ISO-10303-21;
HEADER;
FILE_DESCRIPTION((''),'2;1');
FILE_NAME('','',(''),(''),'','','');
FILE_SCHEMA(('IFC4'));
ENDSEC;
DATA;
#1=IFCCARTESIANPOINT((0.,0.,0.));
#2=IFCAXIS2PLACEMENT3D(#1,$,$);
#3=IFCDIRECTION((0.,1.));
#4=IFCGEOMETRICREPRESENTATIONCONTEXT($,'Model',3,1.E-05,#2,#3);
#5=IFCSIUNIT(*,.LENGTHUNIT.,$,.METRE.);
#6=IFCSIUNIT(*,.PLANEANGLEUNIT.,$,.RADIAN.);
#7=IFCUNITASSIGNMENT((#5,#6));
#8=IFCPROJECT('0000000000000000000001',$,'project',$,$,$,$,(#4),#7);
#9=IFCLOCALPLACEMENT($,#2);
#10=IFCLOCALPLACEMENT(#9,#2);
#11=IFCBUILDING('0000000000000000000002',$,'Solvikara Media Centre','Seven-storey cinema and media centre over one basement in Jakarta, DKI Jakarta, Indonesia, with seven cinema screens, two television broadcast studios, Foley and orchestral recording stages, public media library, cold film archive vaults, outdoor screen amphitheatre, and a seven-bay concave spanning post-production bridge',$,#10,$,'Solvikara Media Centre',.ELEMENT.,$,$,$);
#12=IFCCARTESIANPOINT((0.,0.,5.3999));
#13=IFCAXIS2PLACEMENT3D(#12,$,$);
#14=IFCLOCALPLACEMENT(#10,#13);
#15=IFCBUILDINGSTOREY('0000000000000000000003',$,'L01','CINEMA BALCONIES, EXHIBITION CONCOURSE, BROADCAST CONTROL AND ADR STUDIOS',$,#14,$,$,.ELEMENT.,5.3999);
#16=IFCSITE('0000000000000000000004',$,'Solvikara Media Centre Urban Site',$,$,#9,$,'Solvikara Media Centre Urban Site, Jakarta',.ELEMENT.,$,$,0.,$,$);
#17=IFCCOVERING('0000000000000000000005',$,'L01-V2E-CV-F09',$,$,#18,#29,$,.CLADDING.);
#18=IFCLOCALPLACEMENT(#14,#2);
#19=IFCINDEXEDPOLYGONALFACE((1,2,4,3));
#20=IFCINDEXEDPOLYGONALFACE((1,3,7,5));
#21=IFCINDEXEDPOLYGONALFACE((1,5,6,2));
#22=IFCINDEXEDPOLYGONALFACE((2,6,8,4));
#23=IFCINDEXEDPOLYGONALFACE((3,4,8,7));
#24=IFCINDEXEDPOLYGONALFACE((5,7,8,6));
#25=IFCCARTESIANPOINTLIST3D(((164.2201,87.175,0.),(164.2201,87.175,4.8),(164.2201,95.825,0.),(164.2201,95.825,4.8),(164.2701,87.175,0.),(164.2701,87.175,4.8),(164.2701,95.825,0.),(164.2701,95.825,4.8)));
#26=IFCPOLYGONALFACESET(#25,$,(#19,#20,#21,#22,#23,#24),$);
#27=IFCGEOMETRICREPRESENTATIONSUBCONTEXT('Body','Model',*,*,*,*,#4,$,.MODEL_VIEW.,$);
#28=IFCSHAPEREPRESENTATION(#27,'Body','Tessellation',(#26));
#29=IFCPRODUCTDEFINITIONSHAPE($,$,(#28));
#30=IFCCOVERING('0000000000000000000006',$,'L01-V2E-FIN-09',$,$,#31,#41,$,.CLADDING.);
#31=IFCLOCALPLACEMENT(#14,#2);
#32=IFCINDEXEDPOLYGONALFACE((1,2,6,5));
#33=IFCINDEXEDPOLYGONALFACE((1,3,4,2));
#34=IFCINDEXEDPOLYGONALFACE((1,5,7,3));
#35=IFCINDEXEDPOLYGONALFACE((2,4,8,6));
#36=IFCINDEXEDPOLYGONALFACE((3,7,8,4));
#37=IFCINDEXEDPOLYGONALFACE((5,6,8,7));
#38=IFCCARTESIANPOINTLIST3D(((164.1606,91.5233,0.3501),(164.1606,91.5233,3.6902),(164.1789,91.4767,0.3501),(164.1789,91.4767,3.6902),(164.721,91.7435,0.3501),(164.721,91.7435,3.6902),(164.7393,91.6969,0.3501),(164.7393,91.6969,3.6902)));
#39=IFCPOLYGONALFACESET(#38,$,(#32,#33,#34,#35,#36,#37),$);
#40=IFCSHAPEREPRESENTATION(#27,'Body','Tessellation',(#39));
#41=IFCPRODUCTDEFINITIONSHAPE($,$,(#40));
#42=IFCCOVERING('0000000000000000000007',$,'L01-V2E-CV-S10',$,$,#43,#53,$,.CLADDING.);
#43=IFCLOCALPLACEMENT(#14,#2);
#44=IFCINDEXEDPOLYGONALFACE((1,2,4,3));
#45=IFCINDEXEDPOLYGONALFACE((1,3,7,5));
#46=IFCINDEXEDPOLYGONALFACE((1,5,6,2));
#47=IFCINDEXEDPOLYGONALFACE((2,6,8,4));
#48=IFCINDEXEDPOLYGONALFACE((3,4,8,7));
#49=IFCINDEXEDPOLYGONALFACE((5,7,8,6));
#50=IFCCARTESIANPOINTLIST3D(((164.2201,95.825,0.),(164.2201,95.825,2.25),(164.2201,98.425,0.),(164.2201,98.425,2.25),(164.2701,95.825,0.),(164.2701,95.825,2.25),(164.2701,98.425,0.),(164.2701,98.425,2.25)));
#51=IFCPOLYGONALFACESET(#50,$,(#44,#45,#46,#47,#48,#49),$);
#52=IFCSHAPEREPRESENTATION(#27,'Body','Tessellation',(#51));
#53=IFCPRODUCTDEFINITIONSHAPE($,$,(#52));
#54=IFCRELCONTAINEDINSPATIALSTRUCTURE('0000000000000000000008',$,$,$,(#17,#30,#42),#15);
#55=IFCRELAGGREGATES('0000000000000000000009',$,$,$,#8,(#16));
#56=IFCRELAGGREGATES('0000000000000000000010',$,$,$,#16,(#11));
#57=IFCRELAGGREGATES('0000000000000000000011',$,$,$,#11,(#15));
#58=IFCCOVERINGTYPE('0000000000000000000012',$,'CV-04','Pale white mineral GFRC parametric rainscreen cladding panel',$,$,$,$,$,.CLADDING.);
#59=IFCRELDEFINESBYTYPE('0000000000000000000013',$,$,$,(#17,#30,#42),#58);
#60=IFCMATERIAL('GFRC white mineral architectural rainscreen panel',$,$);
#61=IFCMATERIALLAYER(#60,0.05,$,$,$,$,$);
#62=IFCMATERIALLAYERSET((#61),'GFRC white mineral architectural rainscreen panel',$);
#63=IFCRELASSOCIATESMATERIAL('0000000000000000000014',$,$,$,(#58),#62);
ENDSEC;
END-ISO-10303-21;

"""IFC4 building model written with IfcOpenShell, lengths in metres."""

from ifc_helpers import new_model, si_unit, direction, frame, origin, origin_2d, place, context, subcontext, project, spatial, rectangle, extrude, material, layer, layer_set, type_object, element, save


model = new_model("IFC4")

# Units and contexts
model_context = context("Model", 3, precision=1e-05, world=origin(), true_north=direction((0.0, 1.0)))
body_context = subcontext(model_context, "Body", "Model", "MODEL_VIEW")
ifc_project = project(units=[si_unit("LENGTHUNIT", "METRE"), si_unit("PLANEANGLEUNIT", "RADIAN")], contexts=[model_context])

# Site, building, storey
site_placement = place(None, origin())
site = spatial("IfcSite", under=ifc_project, at=site_placement, Name="Solvikara Media Centre Urban Site", LongName="Solvikara Media Centre Urban Site, Jakarta", CompositionType="ELEMENT", RefElevation=0.0)
building_placement = place(site_placement, origin())
building = spatial("IfcBuilding", under=site, at=building_placement, Name="Solvikara Media Centre", Description="Seven-storey cinema and media centre over one basement in Jakarta, DKI Jakarta, Indonesia, with seven cinema screens, two television broadcast studios, Foley and orchestral recording stages, public media library, cold film archive vaults, outdoor screen amphitheatre, and a seven-bay concave spanning post-production bridge", LongName="Solvikara Media Centre", CompositionType="ELEMENT")
storey_placement = place(building_placement, frame((0.0, 0.0, 5.3999)))
storey = spatial("IfcBuildingStorey", under=building, at=storey_placement, Name="L01", Description="CINEMA BALCONIES, EXHIBITION CONCOURSE, BROADCAST CONTROL AND ADR STUDIOS", CompositionType="ELEMENT", Elevation=5.3999)

# Coverings
ifc_material_1 = material(Name="GFRC white mineral architectural rainscreen panel")
ifc_layer_1 = layer(ifc_material_1, 0.05)
ifc_layer_set_1 = layer_set([ifc_layer_1], Name="GFRC white mineral architectural rainscreen panel")
covering_type = type_object("IfcCoveringType", Name="CV-04", Description="Pale white mineral GFRC parametric rainscreen cladding panel", PredefinedType="CLADDING", material=ifc_layer_set_1)
covering_1_placement = place(storey_placement, frame((164.2451, 91.5, 0.0), z_axis=(0.0, 0.0, 1.0), x_axis=(0.0, 1.0, 0.0)))
element("IfcCovering", 1, at=covering_1_placement, inside=storey, type_object=covering_type, Name="L01-V2E-CV-F09", PredefinedType="CLADDING", context=body_context, shape_type="SweptSolid", body=[
    extrude(rectangle(XDim=8.6499, YDim=0.05, at=origin_2d()), origin(), (0.0, 0.0, 1.0), 4.8),
])
covering_2_placement = place(storey_placement, frame((164.45, 91.6101, 0.3501), z_axis=(0.0, 0.0, 1.0), x_axis=(0.93075, 0.365657, 0.0)))
element("IfcCovering", 2, at=covering_2_placement, inside=storey, type_object=covering_type, Name="L01-V2E-FIN-09", PredefinedType="CLADDING", context=body_context, shape_type="SweptSolid", body=[
    extrude(rectangle(XDim=0.6021, YDim=0.05, at=origin_2d()), origin(), (0.0, 0.0, 1.0), 3.3401),
])
covering_3_placement = place(storey_placement, frame((164.2451, 97.125, 0.0), z_axis=(0.0, 0.0, 1.0), x_axis=(0.0, 1.0, 0.0)))
element("IfcCovering", 3, at=covering_3_placement, inside=storey, type_object=covering_type, Name="L01-V2E-CV-S10", PredefinedType="CLADDING", context=body_context, shape_type="SweptSolid", body=[
    extrude(rectangle(XDim=2.6001, YDim=0.05, at=origin_2d()), origin(), (0.0, 0.0, 1.0), 2.25),
])

save(model, "model.ifc")
